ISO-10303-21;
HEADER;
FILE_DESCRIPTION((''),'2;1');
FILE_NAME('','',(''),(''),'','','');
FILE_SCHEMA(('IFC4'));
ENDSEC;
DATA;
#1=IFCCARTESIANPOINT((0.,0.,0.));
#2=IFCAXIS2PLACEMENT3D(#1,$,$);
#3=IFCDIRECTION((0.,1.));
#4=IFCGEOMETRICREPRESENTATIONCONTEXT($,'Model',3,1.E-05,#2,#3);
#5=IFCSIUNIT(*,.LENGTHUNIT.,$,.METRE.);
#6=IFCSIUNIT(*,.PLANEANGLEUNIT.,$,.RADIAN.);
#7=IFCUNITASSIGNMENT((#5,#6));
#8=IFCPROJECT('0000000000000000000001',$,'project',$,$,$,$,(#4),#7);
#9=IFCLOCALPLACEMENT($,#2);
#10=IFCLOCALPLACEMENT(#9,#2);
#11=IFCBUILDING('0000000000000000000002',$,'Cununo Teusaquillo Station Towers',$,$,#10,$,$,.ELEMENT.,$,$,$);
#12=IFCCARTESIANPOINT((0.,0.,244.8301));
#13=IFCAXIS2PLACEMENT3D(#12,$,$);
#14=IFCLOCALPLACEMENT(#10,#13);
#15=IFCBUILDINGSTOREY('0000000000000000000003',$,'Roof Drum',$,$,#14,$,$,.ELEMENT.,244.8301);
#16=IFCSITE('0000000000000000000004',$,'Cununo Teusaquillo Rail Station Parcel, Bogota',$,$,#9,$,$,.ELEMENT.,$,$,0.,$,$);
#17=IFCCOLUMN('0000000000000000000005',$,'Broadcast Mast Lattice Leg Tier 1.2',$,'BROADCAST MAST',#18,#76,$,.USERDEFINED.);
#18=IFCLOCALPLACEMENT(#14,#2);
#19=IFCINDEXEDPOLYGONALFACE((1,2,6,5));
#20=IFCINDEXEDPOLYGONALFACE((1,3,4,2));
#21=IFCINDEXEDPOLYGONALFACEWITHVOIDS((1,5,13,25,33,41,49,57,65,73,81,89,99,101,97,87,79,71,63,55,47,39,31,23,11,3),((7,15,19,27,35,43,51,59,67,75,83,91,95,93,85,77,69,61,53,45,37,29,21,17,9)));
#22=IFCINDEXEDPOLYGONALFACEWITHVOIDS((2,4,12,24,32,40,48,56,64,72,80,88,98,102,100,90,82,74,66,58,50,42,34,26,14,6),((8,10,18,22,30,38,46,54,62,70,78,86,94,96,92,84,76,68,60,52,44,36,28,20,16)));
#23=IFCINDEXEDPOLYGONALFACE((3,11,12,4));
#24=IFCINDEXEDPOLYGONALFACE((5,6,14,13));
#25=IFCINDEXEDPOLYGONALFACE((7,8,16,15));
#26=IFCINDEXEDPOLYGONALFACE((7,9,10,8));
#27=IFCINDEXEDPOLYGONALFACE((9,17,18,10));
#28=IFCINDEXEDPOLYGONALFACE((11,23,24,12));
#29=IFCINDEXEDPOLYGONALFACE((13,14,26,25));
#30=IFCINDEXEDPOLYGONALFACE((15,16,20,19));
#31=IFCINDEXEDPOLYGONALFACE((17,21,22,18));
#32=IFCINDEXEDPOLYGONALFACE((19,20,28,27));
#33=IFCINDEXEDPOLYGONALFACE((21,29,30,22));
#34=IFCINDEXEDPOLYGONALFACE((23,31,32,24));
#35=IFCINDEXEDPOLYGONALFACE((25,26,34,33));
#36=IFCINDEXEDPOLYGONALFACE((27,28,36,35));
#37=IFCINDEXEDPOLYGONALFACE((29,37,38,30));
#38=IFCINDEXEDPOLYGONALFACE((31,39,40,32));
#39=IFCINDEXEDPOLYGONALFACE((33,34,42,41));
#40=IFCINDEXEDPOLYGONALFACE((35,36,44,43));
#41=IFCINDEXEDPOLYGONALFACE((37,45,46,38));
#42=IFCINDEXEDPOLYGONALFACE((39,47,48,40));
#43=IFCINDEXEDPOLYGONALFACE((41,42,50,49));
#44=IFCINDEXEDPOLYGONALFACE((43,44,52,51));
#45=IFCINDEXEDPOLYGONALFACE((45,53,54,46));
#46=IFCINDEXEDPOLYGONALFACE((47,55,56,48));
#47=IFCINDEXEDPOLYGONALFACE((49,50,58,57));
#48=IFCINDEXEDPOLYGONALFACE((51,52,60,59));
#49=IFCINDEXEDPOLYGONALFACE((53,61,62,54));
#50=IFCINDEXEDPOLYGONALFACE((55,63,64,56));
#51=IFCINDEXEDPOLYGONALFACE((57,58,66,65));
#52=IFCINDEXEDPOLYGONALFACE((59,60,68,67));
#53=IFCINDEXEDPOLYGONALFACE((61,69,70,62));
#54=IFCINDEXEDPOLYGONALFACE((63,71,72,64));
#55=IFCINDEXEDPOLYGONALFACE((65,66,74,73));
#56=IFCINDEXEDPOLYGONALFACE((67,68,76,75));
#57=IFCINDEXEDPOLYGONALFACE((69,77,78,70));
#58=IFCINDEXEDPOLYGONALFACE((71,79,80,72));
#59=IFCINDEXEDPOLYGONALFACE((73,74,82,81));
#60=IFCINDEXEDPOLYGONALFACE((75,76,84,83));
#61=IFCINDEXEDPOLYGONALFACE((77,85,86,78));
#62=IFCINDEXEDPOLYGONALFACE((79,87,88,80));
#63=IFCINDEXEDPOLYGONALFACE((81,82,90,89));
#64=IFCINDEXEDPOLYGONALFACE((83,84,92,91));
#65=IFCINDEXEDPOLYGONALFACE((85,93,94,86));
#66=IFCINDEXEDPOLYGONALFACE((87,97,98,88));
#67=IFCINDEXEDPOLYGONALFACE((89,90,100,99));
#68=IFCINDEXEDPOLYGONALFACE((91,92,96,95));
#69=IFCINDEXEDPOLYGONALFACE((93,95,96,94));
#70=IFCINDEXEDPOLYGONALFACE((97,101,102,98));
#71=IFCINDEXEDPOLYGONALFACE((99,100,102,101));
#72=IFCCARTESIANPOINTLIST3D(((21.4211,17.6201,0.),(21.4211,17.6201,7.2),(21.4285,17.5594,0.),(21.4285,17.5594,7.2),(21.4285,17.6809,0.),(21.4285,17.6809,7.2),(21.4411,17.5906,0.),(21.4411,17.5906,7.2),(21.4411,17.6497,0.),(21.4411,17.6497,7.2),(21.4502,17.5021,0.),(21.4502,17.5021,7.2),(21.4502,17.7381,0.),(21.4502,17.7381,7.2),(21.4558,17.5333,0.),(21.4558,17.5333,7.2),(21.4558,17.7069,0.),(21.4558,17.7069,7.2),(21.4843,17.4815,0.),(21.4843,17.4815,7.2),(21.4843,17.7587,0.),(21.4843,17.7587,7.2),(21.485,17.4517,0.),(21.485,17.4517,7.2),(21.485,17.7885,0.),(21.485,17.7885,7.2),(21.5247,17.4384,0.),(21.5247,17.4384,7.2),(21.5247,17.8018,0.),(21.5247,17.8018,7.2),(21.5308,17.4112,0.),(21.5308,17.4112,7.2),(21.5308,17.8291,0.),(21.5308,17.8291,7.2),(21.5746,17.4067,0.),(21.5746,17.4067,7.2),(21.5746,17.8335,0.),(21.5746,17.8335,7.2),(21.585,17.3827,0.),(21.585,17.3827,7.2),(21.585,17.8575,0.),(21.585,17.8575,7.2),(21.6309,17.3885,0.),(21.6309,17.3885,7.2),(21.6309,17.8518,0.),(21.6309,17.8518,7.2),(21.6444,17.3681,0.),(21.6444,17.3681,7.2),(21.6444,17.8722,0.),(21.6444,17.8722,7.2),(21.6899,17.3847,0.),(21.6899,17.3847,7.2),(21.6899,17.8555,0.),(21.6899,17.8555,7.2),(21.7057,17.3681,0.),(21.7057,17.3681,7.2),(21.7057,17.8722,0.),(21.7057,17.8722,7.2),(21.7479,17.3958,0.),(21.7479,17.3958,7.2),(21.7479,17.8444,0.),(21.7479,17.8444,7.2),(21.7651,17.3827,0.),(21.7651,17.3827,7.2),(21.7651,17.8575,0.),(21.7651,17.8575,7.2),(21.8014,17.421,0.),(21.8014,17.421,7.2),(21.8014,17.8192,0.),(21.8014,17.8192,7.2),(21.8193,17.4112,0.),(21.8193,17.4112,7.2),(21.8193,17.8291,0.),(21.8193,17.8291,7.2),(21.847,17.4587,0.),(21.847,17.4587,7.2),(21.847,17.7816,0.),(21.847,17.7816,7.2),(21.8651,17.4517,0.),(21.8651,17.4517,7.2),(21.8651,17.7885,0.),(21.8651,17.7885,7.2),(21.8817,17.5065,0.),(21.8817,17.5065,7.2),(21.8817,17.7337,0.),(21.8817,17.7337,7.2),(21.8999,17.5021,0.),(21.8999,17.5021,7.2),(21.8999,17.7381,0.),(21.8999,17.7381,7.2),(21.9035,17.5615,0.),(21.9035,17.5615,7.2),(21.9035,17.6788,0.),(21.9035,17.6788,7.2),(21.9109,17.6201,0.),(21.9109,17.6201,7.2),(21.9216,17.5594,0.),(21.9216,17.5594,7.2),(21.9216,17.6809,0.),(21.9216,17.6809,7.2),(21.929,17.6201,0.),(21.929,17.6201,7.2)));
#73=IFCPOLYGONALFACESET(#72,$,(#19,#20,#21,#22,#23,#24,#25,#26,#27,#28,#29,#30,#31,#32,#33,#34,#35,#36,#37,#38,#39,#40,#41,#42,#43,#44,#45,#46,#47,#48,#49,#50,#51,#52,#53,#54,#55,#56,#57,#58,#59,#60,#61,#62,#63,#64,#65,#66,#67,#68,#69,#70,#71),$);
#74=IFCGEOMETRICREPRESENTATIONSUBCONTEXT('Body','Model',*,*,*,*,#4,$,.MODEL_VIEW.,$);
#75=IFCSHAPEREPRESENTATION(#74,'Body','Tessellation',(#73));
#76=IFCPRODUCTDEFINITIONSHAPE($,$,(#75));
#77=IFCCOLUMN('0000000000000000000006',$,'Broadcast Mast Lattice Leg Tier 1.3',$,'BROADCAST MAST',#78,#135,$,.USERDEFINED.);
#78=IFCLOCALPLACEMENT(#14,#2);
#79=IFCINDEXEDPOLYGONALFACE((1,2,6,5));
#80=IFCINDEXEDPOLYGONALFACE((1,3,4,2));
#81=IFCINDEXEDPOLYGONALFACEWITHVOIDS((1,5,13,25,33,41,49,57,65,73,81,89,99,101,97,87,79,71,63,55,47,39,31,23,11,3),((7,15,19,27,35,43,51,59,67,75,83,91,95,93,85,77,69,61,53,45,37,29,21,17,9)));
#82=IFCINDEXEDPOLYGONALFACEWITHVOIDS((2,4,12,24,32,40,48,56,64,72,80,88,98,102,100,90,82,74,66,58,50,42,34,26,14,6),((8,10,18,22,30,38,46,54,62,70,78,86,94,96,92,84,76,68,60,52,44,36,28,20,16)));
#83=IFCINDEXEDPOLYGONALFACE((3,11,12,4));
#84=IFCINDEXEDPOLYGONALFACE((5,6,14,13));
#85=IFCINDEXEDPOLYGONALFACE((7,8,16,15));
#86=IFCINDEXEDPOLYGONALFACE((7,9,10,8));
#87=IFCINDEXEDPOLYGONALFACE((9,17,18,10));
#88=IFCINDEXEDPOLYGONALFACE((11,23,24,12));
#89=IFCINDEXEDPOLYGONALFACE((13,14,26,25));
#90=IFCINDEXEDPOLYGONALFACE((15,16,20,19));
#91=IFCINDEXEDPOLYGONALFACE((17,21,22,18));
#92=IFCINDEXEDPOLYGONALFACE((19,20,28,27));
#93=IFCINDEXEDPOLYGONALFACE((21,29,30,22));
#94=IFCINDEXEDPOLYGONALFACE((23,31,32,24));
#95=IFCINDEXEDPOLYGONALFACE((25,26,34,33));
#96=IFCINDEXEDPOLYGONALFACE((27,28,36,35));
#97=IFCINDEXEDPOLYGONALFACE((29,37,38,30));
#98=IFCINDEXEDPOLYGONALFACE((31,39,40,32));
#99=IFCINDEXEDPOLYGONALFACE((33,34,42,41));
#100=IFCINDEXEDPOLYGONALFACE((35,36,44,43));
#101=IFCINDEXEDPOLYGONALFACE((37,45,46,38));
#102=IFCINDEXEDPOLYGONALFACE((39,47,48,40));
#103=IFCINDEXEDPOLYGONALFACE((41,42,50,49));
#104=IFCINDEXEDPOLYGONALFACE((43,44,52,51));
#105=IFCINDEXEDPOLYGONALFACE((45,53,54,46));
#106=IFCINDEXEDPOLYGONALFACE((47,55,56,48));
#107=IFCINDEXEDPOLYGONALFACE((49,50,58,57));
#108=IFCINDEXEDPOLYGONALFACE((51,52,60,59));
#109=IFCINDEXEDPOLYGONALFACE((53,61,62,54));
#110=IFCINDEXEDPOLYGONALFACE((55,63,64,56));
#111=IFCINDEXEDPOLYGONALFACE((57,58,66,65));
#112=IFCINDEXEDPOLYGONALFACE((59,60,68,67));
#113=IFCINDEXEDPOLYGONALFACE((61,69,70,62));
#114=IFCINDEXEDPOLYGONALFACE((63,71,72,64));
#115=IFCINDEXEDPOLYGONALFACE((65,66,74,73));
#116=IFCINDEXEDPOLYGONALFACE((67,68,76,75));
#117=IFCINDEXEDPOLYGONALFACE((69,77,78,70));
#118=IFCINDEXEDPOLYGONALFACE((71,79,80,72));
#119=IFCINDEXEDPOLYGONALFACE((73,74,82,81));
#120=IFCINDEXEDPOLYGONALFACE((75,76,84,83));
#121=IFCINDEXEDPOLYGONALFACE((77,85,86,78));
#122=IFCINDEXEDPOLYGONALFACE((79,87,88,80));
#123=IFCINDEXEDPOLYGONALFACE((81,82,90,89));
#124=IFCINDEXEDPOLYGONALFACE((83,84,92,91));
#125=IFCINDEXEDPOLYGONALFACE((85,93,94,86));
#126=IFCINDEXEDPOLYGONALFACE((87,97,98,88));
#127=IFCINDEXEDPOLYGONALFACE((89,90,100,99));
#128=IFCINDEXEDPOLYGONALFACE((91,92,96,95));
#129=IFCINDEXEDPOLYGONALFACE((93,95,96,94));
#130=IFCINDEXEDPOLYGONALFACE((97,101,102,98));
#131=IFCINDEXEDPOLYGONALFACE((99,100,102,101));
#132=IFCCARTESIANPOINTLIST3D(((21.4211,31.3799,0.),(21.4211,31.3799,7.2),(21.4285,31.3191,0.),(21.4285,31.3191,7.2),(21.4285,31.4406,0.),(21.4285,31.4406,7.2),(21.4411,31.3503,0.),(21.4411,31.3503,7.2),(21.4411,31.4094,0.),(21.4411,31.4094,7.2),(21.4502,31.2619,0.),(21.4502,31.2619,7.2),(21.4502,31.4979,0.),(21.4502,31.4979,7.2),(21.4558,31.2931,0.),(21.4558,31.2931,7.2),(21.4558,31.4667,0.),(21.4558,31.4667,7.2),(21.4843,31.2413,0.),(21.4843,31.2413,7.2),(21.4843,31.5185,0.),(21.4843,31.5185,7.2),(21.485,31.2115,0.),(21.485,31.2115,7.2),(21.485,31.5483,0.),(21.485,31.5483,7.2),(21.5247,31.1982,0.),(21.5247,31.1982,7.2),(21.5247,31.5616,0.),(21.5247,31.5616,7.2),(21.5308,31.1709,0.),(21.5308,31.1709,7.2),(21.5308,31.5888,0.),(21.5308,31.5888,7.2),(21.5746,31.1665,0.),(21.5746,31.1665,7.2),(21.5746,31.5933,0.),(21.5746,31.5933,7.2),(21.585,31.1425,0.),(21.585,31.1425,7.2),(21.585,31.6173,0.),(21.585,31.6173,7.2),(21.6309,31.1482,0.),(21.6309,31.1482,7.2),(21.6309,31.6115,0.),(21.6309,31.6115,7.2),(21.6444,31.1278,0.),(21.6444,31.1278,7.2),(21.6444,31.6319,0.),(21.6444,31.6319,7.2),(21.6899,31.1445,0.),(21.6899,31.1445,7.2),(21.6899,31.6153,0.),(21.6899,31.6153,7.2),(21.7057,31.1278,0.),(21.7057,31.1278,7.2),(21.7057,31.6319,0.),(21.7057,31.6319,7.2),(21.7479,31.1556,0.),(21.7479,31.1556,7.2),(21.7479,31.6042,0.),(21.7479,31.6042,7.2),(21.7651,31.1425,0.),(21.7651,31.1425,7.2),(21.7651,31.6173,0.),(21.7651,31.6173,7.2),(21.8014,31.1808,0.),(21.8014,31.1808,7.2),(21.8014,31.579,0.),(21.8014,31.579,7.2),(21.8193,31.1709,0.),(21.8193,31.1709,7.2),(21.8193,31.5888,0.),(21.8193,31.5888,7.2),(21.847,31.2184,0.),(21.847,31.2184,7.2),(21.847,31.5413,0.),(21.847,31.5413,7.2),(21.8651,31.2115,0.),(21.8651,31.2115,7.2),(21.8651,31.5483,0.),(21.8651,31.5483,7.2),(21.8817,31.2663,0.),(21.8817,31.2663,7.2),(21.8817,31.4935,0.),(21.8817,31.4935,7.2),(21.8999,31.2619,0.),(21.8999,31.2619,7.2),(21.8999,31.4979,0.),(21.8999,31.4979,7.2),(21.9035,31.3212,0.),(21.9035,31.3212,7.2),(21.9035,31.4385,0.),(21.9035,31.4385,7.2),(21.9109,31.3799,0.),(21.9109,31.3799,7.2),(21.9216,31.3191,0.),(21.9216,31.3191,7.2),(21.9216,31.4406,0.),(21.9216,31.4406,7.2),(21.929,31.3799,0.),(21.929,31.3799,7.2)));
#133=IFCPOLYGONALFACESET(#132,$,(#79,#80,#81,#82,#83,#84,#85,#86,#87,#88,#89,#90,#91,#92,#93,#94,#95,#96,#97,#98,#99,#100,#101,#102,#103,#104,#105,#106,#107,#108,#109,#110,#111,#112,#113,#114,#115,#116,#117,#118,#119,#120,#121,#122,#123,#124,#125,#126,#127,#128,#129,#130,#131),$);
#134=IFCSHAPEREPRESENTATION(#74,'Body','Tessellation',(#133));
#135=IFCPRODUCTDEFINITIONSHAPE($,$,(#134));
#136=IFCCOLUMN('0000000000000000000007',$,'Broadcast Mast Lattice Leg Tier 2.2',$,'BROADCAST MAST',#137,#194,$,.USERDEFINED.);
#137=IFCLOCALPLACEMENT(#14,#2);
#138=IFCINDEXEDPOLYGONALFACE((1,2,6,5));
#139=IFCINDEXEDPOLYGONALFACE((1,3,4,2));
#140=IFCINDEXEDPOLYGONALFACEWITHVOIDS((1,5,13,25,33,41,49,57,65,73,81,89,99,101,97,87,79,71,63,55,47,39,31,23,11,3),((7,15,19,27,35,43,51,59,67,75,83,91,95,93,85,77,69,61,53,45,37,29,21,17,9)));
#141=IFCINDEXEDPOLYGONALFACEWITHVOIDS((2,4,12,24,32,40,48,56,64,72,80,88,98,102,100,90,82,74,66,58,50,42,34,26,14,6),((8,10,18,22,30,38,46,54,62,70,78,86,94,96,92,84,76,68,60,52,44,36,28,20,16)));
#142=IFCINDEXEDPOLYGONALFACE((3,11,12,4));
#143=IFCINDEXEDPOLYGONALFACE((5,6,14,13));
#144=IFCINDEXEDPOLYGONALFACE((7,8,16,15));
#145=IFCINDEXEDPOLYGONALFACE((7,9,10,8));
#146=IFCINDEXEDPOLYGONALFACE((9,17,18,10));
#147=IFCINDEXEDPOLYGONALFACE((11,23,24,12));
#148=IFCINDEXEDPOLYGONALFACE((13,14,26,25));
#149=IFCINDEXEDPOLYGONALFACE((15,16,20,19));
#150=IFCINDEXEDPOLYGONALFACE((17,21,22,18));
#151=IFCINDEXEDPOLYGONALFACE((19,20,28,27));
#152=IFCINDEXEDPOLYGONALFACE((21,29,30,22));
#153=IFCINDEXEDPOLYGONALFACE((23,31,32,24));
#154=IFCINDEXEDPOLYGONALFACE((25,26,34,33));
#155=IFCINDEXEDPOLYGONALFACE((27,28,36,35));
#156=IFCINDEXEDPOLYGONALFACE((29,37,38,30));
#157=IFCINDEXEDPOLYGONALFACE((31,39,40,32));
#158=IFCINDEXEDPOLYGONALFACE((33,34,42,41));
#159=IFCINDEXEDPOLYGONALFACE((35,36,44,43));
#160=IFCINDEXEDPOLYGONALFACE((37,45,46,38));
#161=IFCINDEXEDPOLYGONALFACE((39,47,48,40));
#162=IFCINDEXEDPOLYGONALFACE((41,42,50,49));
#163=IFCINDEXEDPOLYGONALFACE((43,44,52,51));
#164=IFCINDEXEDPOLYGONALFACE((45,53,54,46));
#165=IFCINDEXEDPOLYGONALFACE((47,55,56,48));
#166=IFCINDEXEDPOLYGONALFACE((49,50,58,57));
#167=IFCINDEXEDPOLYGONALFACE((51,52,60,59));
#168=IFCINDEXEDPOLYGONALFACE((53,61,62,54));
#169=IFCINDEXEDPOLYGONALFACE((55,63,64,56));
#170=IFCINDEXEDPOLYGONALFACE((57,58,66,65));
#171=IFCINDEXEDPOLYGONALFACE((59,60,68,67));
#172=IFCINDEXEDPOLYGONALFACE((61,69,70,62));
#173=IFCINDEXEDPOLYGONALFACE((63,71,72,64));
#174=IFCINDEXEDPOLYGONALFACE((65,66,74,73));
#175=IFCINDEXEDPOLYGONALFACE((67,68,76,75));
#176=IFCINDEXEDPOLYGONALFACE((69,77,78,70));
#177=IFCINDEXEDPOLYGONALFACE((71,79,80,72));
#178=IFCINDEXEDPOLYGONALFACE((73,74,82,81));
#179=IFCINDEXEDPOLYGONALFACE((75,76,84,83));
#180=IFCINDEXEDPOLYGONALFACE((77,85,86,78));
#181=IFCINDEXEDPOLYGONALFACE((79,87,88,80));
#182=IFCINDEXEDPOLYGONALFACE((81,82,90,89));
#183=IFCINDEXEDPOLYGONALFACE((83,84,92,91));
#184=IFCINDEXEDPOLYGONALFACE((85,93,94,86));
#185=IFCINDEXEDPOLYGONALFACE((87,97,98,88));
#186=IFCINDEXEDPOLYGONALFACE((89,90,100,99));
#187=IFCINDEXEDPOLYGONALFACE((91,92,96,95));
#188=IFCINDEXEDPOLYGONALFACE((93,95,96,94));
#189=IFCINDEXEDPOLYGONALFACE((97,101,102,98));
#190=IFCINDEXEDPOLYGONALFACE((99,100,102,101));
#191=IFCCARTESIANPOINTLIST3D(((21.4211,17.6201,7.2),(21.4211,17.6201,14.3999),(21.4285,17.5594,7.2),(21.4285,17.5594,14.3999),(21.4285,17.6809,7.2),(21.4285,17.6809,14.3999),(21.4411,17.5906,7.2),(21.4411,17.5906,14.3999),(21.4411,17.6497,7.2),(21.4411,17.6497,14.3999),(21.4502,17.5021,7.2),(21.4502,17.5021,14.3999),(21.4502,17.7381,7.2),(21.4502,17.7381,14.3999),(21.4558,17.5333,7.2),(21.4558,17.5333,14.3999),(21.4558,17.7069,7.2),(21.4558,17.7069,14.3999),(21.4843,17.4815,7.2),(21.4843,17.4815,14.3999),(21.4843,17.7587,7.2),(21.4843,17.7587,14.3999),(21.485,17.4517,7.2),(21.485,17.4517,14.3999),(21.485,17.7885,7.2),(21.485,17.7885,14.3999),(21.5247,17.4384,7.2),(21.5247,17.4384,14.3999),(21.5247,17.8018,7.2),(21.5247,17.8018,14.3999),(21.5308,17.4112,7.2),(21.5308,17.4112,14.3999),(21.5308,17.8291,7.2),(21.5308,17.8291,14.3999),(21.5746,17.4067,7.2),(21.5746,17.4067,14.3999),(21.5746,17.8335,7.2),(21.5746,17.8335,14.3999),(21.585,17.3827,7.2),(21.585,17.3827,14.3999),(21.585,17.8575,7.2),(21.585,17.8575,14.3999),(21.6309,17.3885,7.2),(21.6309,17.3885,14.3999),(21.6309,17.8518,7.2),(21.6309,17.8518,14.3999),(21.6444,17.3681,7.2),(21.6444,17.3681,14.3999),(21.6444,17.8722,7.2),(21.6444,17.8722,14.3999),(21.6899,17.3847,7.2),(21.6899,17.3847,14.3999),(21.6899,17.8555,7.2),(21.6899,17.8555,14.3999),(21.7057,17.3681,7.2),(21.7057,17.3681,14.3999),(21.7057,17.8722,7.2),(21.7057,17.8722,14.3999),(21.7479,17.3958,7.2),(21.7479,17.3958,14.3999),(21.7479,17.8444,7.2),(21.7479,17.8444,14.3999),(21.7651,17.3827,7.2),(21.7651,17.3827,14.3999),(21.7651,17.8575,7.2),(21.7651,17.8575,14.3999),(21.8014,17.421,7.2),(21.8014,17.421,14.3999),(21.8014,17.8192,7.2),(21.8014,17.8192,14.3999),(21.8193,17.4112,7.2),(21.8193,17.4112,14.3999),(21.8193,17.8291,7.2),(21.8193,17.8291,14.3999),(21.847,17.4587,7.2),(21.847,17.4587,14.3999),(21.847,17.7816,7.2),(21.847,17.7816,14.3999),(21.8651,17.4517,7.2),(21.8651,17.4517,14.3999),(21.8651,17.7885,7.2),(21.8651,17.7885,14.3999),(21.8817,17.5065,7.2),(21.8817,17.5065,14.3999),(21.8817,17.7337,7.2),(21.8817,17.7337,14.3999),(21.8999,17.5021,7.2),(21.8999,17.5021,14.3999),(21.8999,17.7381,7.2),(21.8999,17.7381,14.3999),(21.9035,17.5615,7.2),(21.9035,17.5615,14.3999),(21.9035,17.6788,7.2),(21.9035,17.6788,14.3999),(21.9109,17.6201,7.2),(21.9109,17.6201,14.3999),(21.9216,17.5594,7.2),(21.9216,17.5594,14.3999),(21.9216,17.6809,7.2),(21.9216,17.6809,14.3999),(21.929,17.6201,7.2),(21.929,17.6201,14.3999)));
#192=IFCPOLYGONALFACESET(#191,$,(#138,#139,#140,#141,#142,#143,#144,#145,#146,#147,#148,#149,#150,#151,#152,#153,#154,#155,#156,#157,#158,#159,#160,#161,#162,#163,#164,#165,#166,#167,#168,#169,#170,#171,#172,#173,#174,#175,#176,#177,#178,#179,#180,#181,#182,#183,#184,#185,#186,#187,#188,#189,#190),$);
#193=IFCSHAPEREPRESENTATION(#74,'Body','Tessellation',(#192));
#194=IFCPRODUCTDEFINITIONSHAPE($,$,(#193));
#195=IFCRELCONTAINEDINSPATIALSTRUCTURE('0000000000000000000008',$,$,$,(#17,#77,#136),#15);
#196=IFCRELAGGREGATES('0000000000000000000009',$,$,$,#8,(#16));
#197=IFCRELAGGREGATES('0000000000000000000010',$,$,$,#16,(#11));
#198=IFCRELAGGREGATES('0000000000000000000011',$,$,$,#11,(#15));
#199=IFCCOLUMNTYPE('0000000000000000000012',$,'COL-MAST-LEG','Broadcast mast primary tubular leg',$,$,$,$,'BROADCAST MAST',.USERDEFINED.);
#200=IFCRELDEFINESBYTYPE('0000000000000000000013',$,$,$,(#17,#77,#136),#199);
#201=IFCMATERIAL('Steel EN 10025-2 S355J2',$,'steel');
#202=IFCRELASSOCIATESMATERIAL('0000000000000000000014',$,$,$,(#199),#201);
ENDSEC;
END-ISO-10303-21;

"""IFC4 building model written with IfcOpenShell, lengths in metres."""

from ifc_helpers import new_model, si_unit, direction, frame, origin, origin_2d, place, context, subcontext, project, spatial, hollow_circle, extrude, material, material_profile, profile_set, type_object, element, save


model = new_model("IFC4")

# Units and contexts
model_context = context("Model", 3, precision=1e-05, world=origin(), true_north=direction((0.0, 1.0)))
body_context = subcontext(model_context, "Body", "Model", "MODEL_VIEW")
ifc_project = project(units=[si_unit("LENGTHUNIT", "METRE"), si_unit("PLANEANGLEUNIT", "RADIAN")], contexts=[model_context])

# Site, building, storey
site_placement = place(None, origin())
site = spatial("IfcSite", under=ifc_project, at=site_placement, Name="Cununo Teusaquillo Rail Station Parcel, Bogota", CompositionType="ELEMENT", RefElevation=0.0)
building_placement = place(site_placement, origin())
building = spatial("IfcBuilding", under=site, at=building_placement, Name="Cununo Teusaquillo Station Towers", CompositionType="ELEMENT")
storey_placement = place(building_placement, frame((0.0, 0.0, 244.8301)))
storey = spatial("IfcBuildingStorey", under=building, at=storey_placement, Name="Roof Drum", CompositionType="ELEMENT", Elevation=244.8301)

# Columns
ifc_material_1 = material(Name="Steel EN 10025-2 S355J2", Category="steel")
ifc_material_profile_1 = material_profile(ifc_material_1, hollow_circle(Radius=0.2539, WallThickness=0.0181, at=origin_2d()), Name="CHS 508x18")
ifc_profile_set_1 = profile_set([ifc_material_profile_1], Name="Steel EN 10025-2 S355J2")
column_type = type_object("IfcColumnType", Name="COL-MAST-LEG", Description="Broadcast mast primary tubular leg", ElementType="BROADCAST MAST", PredefinedType="USERDEFINED", material=ifc_profile_set_1)
for number, where, z_axis, x_axis, name in (
    (1, (21.675, 17.6201, 0.0), (0.0, 0.0, 1.0), (1.0, 0.0, 0.0), "Broadcast Mast Lattice Leg Tier 1.2"),
    (2, (21.675, 31.3799, 0.0), (0.0, 0.0, 1.0), (1.0, 0.0, 0.0), "Broadcast Mast Lattice Leg Tier 1.3"),
    (3, (21.675, 17.6201, 7.2), (0.0, 0.0, 1.0), (1.0, 0.0, 0.0), "Broadcast Mast Lattice Leg Tier 2.2"),
):
    element("IfcColumn", number, at=place(storey_placement, frame(where, z_axis=z_axis, x_axis=x_axis)), inside=storey, type_object=column_type, Name=name, ObjectType="BROADCAST MAST", PredefinedType="USERDEFINED", context=body_context, shape_type="SweptSolid", body=[
        extrude(hollow_circle(Radius=0.2539, WallThickness=0.0181, at=origin_2d()), origin(), (0.0, 0.0, 1.0), 7.2),
    ])

save(model, "model.ifc")
